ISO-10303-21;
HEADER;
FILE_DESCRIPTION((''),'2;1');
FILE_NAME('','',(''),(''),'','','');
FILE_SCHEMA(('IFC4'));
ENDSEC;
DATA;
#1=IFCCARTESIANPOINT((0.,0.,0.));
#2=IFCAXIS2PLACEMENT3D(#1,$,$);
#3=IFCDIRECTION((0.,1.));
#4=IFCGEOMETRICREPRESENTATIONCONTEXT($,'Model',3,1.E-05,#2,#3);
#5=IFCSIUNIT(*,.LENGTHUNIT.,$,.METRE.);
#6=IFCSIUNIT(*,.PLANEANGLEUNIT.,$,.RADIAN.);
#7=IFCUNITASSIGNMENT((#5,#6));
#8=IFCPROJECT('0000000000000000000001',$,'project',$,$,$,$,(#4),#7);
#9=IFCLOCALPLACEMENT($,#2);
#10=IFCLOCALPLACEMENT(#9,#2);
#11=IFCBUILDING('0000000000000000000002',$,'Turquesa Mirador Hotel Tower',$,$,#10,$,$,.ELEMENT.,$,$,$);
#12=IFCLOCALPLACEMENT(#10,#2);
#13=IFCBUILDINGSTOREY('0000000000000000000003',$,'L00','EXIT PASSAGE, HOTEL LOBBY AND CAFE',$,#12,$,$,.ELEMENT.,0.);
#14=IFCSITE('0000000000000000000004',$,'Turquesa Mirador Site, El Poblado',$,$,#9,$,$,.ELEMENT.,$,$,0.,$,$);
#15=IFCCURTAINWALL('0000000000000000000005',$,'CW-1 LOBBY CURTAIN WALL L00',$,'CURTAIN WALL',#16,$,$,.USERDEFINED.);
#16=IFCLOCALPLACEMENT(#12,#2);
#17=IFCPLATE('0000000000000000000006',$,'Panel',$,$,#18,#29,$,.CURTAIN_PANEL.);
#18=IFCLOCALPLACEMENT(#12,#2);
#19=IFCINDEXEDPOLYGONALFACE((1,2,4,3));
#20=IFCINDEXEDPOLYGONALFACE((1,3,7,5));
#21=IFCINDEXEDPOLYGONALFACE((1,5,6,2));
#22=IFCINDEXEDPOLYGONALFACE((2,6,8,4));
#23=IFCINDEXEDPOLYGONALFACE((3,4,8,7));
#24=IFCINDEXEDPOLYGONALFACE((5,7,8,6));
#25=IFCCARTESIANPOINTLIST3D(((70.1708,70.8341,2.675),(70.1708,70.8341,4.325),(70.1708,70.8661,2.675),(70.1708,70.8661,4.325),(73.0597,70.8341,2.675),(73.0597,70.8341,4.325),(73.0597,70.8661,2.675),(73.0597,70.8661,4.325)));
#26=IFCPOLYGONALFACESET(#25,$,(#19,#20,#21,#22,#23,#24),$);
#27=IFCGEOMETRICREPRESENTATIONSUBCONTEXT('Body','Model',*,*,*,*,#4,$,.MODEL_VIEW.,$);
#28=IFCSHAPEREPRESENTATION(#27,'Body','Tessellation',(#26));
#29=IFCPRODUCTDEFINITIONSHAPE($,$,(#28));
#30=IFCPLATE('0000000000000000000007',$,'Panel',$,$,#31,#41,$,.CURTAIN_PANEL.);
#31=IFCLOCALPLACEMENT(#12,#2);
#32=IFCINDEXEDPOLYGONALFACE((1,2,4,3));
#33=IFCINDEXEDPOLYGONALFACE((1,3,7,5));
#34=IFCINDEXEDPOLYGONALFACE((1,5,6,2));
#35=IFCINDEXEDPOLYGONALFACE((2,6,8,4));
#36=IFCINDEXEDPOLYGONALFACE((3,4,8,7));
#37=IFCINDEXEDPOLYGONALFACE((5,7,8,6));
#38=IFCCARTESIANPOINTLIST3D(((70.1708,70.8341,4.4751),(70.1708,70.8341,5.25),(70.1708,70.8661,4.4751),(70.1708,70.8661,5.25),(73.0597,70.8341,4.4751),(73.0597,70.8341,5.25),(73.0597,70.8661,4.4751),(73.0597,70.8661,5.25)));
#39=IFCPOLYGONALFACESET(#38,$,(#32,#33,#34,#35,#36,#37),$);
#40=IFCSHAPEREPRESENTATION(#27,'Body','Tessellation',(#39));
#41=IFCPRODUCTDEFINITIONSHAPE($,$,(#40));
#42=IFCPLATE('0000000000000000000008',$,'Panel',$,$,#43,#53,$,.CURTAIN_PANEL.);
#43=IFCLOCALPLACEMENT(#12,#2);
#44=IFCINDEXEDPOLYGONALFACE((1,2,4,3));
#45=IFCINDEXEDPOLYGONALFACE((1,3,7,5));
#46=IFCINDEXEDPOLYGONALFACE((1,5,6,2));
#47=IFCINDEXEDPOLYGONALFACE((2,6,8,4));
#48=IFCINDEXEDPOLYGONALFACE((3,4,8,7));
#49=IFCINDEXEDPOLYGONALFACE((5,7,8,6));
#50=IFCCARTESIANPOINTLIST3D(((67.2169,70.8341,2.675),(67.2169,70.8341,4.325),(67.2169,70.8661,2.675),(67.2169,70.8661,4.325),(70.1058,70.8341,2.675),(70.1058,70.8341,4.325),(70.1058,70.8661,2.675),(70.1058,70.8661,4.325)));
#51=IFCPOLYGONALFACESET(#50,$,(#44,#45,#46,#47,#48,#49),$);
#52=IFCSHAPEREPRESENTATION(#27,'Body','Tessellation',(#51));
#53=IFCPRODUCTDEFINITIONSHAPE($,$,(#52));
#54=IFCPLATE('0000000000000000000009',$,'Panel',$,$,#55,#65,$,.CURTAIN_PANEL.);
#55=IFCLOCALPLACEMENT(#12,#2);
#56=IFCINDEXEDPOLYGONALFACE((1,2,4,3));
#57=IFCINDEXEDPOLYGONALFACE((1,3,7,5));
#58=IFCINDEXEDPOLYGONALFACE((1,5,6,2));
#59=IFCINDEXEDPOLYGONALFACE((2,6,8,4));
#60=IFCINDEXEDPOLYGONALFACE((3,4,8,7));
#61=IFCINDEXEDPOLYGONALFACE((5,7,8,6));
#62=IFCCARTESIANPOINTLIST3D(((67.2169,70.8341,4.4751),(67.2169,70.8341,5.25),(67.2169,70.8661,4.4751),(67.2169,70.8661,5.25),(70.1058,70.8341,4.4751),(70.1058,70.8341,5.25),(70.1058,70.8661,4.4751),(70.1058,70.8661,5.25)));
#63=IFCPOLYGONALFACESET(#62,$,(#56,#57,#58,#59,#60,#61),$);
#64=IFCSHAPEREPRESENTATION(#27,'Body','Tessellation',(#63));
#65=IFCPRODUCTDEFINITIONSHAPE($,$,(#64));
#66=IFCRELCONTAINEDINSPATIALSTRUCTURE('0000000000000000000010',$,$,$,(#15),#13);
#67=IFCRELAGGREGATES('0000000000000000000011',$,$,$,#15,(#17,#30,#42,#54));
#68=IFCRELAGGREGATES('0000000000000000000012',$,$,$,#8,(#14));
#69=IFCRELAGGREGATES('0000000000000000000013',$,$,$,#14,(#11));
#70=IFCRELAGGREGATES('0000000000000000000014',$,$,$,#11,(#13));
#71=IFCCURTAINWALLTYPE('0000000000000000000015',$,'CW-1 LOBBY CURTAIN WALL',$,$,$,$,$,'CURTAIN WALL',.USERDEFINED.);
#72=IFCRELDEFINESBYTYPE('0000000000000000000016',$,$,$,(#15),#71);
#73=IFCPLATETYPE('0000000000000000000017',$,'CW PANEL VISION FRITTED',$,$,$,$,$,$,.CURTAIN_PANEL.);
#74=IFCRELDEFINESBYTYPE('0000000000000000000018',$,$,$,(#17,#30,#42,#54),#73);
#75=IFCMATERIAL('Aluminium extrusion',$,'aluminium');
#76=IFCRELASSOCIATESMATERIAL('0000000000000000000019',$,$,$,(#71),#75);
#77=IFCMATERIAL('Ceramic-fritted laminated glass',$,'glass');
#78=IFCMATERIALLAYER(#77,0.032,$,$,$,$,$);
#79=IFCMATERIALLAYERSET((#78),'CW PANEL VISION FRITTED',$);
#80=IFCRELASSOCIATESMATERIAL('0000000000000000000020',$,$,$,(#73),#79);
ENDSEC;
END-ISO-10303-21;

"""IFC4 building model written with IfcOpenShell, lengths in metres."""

from ifc_helpers import new_model, si_unit, direction, frame, origin, origin_2d, place, context, subcontext, project, spatial, rectangle, extrude, material, layer, layer_set, type_object, element, aggregate, save


model = new_model("IFC4")

# Units and contexts
model_context = context("Model", 3, precision=1e-05, world=origin(), true_north=direction((0.0, 1.0)))
body_context = subcontext(model_context, "Body", "Model", "MODEL_VIEW")
ifc_project = project(units=[si_unit("LENGTHUNIT", "METRE"), si_unit("PLANEANGLEUNIT", "RADIAN")], contexts=[model_context])

# Site, building, storey
site_placement = place(None, origin())
site = spatial("IfcSite", under=ifc_project, at=site_placement, Name="Turquesa Mirador Site, El Poblado", CompositionType="ELEMENT", RefElevation=0.0)
building_placement = place(site_placement, origin())
building = spatial("IfcBuilding", under=site, at=building_placement, Name="Turquesa Mirador Hotel Tower", CompositionType="ELEMENT")
storey_placement = place(building_placement, origin())
storey = spatial("IfcBuildingStorey", under=building, at=storey_placement, Name="L00", Description="EXIT PASSAGE, HOTEL LOBBY AND CAFE", CompositionType="ELEMENT", Elevation=0.0)

# Curtain wall, plates
ifc_material_1 = material(Name="Aluminium extrusion", Category="aluminium")
curtain_wall_type = type_object("IfcCurtainWallType", Name="CW-1 LOBBY CURTAIN WALL", ElementType="CURTAIN WALL", PredefinedType="USERDEFINED", material=ifc_material_1)
curtain_wall_placement = place(storey_placement, origin())
curtain_wall = element("IfcCurtainWall", 1, at=curtain_wall_placement, inside=storey, type_object=curtain_wall_type, Name="CW-1 LOBBY CURTAIN WALL L00", ObjectType="CURTAIN WALL", PredefinedType="USERDEFINED")
ifc_material_2 = material(Name="Ceramic-fritted laminated glass", Category="glass")
ifc_layer_1 = layer(ifc_material_2, 0.032)
ifc_layer_set_1 = layer_set([ifc_layer_1], Name="CW PANEL VISION FRITTED")
plate_type_1 = type_object("IfcPlateType", Name="CW PANEL VISION FRITTED", PredefinedType="CURTAIN_PANEL", material=ifc_layer_set_1)
plate_1_placement = place(storey_placement, frame((71.6152, 70.8501, 2.675), z_axis=(0.0, 0.0, 1.0), x_axis=(-1.0, 0.0, 0.0)))
plate_1 = element("IfcPlate", 2, at=plate_1_placement, type_object=plate_type_1, Name="Panel", PredefinedType="CURTAIN_PANEL", context=body_context, shape_type="SweptSolid", body=[
    extrude(rectangle(XDim=2.8889, YDim=0.032, at=origin_2d()), origin(), (0.0, 0.0, 1.0), 1.6499),
])
plate_2_placement = place(storey_placement, frame((71.6152, 70.8501, 4.4751), z_axis=(0.0, 0.0, 1.0), x_axis=(-1.0, 0.0, 0.0)))
plate_2 = element("IfcPlate", 3, at=plate_2_placement, type_object=plate_type_1, Name="Panel", PredefinedType="CURTAIN_PANEL", context=body_context, shape_type="SweptSolid", body=[
    extrude(rectangle(XDim=2.8889, YDim=0.032, at=origin_2d()), origin(), (0.0, 0.0, 1.0), 0.7749),
])
plate_3_placement = place(storey_placement, frame((68.6614, 70.8501, 2.675), z_axis=(0.0, 0.0, 1.0), x_axis=(-1.0, 0.0, 0.0)))
plate_3 = element("IfcPlate", 4, at=plate_3_placement, type_object=plate_type_1, Name="Panel", PredefinedType="CURTAIN_PANEL", context=body_context, shape_type="SweptSolid", body=[
    extrude(rectangle(XDim=2.8889, YDim=0.032, at=origin_2d()), origin(), (0.0, 0.0, 1.0), 1.6499),
])
plate_4_placement = place(storey_placement, frame((68.6614, 70.8501, 4.4751), z_axis=(0.0, 0.0, 1.0), x_axis=(-1.0, 0.0, 0.0)))
plate_4 = element("IfcPlate", 5, at=plate_4_placement, type_object=plate_type_1, Name="Panel", PredefinedType="CURTAIN_PANEL", context=body_context, shape_type="SweptSolid", body=[
    extrude(rectangle(XDim=2.8889, YDim=0.032, at=origin_2d()), origin(), (0.0, 0.0, 1.0), 0.7749),
])
aggregate(curtain_wall, [plate_1, plate_2, plate_3, plate_4])

save(model, "model.ifc")
